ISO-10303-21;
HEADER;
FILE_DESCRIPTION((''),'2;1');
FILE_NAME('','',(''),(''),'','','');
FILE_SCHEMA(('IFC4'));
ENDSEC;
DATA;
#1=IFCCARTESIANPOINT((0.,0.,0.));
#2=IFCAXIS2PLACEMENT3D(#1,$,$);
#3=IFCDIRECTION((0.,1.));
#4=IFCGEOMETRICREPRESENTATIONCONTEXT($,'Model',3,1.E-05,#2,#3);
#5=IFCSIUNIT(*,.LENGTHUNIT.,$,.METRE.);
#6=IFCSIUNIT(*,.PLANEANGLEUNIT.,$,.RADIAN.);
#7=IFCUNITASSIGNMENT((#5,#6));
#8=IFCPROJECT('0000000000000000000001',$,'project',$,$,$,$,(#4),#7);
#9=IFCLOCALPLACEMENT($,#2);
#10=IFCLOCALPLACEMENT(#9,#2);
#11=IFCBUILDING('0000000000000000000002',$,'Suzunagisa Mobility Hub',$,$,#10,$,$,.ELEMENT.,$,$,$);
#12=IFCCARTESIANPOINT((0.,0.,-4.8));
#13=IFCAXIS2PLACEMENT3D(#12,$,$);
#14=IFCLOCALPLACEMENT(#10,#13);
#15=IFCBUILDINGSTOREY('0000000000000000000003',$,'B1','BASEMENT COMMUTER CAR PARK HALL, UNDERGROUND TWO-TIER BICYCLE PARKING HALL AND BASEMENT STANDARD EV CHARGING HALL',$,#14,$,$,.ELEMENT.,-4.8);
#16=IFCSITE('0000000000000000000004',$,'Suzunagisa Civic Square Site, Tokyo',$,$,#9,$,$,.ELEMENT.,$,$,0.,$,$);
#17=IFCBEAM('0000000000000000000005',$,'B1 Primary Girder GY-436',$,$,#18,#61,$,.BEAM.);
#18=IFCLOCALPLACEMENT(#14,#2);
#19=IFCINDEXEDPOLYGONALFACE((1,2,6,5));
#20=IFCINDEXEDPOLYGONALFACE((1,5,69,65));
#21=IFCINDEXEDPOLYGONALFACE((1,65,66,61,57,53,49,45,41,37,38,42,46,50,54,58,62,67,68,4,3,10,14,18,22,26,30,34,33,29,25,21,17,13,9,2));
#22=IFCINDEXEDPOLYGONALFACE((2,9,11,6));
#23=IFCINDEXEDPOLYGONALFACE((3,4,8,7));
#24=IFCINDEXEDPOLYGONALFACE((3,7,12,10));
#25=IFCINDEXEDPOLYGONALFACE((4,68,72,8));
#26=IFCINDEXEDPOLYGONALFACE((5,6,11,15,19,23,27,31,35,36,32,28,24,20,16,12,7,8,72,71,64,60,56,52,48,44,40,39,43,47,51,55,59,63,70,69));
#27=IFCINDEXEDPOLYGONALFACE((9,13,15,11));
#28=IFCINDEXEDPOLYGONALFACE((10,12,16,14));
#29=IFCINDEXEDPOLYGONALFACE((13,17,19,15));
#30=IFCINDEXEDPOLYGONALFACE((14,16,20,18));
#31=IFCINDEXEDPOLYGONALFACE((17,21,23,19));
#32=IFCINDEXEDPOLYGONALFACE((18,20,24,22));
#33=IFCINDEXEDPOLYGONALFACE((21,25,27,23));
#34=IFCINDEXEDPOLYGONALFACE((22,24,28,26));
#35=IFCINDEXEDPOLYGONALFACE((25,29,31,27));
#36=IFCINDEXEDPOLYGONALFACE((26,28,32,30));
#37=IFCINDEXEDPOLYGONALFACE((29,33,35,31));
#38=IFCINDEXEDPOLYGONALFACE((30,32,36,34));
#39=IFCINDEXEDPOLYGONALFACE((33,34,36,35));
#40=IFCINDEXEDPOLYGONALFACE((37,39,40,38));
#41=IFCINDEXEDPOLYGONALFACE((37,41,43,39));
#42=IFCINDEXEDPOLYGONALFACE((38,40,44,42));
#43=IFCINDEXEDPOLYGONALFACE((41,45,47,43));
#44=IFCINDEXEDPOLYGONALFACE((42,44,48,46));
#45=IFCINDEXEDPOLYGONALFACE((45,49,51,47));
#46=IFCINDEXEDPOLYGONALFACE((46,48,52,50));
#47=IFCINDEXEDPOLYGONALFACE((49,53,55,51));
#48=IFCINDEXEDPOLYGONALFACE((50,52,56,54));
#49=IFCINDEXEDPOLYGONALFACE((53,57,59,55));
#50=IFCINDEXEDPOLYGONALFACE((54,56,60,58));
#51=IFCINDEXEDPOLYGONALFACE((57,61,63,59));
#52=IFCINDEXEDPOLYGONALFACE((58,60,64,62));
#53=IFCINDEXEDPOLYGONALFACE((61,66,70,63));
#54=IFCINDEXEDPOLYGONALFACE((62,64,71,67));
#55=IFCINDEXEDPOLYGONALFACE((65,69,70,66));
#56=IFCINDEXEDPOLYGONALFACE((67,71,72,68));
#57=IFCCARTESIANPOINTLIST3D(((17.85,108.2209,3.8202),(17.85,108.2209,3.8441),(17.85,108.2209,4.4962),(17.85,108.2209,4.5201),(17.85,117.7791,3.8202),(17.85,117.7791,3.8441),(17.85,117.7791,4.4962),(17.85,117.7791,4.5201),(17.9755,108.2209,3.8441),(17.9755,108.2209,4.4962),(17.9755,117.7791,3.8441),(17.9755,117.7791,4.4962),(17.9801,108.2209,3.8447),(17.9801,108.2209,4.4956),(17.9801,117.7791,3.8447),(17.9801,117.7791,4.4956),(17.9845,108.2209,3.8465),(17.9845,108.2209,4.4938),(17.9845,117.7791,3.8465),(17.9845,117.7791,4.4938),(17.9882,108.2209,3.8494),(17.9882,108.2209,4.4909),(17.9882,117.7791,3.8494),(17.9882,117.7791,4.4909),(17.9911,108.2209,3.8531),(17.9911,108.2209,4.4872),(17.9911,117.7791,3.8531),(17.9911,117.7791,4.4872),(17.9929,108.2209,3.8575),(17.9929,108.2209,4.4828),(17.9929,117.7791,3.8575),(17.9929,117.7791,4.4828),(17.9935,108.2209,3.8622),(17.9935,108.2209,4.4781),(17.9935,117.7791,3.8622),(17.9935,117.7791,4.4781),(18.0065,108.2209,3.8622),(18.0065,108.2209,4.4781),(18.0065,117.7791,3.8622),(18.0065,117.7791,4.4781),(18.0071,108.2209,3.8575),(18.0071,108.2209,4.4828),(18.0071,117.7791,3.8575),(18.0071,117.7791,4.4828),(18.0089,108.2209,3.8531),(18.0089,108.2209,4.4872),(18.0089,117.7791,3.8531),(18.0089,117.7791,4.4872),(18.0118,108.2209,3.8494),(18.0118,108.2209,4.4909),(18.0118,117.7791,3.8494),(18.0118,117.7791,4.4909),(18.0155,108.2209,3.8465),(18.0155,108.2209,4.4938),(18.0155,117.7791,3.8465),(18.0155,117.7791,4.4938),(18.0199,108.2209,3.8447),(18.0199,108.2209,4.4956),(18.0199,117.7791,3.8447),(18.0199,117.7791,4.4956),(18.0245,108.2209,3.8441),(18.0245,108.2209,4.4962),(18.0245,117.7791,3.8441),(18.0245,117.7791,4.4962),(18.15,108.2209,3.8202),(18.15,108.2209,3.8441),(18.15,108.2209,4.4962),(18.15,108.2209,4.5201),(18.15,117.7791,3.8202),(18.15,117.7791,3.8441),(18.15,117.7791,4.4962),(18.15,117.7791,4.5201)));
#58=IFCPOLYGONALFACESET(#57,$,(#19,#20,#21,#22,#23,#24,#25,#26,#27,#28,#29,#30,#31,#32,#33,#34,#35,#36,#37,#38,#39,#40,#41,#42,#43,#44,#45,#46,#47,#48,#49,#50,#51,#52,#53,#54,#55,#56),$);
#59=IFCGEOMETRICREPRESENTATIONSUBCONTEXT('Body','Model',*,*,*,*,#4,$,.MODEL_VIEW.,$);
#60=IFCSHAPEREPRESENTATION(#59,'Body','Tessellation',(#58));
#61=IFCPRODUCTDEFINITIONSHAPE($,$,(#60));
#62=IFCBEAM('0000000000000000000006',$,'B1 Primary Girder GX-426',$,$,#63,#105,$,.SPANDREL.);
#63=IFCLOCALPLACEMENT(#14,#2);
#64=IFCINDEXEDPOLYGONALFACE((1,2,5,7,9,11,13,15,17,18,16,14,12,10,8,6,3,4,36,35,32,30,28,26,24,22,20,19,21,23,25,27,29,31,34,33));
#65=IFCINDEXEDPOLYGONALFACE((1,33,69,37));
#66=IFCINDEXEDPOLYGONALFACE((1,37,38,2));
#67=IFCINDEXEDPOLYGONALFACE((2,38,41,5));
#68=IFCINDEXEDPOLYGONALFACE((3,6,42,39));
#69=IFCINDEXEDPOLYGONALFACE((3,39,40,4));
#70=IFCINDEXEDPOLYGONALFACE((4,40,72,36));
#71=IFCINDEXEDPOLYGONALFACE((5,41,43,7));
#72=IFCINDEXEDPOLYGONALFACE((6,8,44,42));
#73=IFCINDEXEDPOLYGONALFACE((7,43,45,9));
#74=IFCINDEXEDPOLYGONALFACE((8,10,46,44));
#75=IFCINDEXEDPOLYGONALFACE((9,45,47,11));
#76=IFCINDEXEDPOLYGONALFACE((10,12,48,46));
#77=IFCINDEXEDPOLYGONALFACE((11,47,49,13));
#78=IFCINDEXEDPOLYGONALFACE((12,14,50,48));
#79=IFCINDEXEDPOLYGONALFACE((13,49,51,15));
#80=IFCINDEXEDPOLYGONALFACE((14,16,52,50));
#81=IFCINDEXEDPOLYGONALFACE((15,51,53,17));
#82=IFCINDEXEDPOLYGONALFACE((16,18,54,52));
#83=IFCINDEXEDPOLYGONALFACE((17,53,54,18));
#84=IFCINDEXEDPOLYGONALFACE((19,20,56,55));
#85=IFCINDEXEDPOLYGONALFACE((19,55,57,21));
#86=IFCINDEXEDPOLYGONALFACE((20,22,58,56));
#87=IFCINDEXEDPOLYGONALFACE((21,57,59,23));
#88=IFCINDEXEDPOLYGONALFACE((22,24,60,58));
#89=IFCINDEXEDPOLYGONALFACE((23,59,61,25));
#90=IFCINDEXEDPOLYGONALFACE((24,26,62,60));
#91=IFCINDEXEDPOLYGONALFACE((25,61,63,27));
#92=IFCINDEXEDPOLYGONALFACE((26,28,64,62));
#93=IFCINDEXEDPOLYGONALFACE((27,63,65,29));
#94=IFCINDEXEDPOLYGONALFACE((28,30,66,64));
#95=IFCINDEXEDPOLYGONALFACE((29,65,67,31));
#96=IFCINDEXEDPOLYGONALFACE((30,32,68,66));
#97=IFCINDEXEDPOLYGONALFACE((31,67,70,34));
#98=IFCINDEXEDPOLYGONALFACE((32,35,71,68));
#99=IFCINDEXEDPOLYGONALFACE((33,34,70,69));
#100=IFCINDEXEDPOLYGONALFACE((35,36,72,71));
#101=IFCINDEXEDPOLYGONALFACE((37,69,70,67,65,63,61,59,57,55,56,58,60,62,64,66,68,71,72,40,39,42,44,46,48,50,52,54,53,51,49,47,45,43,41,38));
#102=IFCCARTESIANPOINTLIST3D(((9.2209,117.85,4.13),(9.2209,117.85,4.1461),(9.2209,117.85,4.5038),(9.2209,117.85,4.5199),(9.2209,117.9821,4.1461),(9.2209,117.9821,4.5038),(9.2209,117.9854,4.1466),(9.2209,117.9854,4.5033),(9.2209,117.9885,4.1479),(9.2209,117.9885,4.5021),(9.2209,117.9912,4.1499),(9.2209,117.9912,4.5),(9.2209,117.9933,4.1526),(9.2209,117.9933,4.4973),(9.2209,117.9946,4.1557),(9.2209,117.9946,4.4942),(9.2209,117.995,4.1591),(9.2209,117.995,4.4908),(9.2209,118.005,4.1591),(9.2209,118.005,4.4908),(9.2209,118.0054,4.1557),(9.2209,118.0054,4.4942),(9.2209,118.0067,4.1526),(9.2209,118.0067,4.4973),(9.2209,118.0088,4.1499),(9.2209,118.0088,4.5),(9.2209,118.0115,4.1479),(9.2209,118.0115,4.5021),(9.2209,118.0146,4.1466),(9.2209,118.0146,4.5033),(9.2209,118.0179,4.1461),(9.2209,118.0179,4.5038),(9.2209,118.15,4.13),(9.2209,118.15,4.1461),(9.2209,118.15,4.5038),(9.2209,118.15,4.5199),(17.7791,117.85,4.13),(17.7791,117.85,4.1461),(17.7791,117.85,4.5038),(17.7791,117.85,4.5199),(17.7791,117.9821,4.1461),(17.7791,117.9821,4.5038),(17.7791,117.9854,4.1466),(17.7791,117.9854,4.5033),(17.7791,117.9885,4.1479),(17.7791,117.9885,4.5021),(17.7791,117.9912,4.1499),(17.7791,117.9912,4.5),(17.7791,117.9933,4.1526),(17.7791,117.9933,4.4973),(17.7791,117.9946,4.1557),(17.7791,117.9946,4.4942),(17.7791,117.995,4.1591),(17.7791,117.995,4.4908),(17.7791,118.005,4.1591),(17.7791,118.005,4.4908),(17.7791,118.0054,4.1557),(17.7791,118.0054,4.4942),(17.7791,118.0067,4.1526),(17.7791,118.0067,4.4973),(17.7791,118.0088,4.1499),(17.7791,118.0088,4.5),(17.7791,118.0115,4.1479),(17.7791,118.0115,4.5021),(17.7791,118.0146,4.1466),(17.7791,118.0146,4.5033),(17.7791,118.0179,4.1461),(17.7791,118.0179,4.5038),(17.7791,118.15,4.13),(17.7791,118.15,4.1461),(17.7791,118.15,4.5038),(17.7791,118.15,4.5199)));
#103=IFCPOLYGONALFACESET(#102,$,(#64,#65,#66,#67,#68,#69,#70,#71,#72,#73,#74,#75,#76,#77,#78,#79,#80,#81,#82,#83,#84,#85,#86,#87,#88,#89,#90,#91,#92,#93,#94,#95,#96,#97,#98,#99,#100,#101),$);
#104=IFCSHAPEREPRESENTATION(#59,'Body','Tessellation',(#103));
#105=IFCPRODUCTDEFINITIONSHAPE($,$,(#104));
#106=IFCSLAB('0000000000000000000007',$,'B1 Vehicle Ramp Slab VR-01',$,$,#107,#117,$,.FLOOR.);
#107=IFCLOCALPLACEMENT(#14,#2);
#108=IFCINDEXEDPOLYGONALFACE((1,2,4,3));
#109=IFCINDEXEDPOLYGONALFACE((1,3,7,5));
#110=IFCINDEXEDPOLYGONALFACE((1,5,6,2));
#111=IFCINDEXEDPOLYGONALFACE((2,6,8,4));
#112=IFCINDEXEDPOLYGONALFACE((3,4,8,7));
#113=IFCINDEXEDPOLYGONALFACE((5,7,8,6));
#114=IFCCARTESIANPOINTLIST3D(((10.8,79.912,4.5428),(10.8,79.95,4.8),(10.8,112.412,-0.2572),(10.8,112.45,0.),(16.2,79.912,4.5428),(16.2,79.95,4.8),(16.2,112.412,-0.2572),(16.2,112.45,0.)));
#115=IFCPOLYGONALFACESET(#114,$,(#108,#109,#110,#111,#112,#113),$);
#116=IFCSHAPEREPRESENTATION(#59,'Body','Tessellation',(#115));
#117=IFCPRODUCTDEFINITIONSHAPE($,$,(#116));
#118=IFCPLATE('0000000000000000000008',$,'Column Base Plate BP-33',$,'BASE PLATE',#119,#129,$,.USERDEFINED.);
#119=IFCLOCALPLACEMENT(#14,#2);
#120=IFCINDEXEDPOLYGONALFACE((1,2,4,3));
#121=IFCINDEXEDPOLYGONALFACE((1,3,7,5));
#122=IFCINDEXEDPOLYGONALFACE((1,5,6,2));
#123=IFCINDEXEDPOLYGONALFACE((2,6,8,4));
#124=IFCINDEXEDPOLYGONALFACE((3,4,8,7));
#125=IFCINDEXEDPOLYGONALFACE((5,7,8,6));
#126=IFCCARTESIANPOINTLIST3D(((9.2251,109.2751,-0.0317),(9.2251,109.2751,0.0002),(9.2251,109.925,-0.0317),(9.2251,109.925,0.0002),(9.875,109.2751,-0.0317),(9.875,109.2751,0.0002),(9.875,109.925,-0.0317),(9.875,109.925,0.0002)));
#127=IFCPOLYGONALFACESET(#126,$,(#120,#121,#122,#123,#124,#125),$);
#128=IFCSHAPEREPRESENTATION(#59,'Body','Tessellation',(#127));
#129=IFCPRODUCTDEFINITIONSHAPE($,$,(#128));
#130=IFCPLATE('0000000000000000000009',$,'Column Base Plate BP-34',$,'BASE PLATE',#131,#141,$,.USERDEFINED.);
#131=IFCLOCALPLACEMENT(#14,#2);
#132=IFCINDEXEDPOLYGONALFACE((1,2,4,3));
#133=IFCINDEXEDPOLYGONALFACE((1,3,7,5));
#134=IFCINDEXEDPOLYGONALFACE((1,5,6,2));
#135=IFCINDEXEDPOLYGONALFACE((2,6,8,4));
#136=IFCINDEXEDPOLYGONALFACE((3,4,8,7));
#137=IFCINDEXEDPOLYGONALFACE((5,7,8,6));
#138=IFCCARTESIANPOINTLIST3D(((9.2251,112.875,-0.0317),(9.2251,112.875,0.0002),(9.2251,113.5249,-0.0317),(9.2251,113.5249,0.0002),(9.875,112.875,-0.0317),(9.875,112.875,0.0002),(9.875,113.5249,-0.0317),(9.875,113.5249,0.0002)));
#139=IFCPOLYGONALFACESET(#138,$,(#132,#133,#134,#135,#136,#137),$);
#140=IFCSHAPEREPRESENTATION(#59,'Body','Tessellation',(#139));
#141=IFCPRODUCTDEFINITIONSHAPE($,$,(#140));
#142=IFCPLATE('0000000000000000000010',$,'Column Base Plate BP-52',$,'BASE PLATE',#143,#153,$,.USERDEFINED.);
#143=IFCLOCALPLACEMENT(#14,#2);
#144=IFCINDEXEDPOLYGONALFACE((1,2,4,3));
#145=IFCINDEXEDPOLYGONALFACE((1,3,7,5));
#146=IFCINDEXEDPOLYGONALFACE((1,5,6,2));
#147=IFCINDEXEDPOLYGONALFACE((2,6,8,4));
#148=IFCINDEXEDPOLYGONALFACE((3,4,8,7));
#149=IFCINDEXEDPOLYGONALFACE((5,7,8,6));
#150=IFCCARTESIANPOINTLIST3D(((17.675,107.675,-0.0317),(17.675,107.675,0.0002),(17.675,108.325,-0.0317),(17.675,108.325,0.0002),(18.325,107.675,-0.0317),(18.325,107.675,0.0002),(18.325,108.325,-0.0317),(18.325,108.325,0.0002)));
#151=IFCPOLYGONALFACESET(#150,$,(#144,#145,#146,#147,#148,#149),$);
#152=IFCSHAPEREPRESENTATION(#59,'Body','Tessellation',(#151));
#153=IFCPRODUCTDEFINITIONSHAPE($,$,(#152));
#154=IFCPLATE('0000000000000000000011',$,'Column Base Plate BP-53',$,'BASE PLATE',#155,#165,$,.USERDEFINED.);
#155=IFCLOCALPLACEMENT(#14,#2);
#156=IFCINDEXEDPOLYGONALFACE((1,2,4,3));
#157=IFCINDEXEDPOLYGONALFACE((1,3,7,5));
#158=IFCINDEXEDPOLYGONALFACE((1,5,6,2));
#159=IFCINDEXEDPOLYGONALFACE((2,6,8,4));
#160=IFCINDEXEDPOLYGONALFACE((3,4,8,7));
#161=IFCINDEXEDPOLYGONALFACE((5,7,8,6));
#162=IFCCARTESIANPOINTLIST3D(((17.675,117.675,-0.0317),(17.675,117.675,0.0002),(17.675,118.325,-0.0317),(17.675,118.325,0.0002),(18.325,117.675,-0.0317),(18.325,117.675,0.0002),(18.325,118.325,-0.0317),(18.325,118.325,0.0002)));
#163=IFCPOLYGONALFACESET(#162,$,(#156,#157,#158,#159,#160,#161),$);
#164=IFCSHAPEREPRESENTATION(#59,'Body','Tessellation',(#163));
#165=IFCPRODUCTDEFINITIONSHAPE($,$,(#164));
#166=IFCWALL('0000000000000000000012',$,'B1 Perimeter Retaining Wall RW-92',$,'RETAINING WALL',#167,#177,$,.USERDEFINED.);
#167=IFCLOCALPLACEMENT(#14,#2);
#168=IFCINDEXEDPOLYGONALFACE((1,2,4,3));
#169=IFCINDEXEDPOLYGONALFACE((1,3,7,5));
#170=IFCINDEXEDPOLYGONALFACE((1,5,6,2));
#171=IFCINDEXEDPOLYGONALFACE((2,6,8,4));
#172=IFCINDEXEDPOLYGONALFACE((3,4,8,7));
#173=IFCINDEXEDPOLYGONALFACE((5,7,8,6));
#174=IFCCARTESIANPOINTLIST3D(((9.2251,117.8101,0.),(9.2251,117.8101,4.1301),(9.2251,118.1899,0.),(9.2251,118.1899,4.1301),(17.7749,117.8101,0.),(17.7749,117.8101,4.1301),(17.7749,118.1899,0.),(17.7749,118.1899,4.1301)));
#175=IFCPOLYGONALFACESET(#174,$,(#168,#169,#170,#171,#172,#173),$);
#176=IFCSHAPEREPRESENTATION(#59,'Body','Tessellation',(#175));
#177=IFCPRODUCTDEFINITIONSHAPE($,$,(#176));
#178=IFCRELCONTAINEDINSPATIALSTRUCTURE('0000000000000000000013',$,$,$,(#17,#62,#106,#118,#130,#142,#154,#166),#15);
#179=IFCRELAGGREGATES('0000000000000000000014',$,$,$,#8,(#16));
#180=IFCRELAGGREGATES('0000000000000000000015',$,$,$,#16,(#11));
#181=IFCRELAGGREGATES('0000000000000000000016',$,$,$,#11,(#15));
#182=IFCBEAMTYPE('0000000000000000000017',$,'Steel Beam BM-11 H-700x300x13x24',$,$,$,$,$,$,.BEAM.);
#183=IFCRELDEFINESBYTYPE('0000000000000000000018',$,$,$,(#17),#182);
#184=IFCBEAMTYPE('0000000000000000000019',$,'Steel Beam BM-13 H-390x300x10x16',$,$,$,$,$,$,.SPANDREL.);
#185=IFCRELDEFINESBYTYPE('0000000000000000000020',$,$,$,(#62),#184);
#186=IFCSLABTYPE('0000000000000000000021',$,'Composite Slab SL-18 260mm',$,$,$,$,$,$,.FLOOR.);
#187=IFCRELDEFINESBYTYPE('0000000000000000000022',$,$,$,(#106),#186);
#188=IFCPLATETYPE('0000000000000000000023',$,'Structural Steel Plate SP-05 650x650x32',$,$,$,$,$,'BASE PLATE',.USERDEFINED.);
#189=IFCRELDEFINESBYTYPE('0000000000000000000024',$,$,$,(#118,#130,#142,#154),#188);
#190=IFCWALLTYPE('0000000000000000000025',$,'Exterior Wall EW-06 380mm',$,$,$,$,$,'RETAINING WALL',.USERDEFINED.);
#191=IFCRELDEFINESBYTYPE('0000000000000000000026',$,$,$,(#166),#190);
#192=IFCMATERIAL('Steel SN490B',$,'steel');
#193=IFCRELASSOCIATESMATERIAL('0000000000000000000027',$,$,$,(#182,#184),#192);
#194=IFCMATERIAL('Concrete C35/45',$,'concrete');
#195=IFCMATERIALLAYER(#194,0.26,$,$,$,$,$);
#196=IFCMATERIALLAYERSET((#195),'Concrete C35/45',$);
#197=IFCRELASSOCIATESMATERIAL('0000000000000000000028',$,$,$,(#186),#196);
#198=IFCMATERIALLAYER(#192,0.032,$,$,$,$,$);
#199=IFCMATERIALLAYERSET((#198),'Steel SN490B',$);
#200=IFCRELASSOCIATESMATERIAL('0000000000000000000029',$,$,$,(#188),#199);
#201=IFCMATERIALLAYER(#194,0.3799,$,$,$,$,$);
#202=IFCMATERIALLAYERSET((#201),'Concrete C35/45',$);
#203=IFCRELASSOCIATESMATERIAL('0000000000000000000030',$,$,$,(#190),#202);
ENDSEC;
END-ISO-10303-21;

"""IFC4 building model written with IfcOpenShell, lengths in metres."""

from ifc_helpers import new_model, si_unit, direction, frame, frame_2d, origin, origin_2d, place, context, subcontext, project, spatial, polyline, rectangle, i_section, outline, extrude, material, layer, layer_set, material_profile, profile_set, type_object, element, save


model = new_model("IFC4")

# Units and contexts
model_context = context("Model", 3, precision=1e-05, world=origin(), true_north=direction((0.0, 1.0)))
body_context = subcontext(model_context, "Body", "Model", "MODEL_VIEW")
ifc_project = project(units=[si_unit("LENGTHUNIT", "METRE"), si_unit("PLANEANGLEUNIT", "RADIAN")], contexts=[model_context])

# Site, building, storey
site_placement = place(None, origin())
site = spatial("IfcSite", under=ifc_project, at=site_placement, Name="Suzunagisa Civic Square Site, Tokyo", CompositionType="ELEMENT", RefElevation=0.0)
building_placement = place(site_placement, origin())
building = spatial("IfcBuilding", under=site, at=building_placement, Name="Suzunagisa Mobility Hub", CompositionType="ELEMENT")
storey_placement = place(building_placement, frame((0.0, 0.0, -4.8)))
storey = spatial("IfcBuildingStorey", under=building, at=storey_placement, Name="B1", Description="BASEMENT COMMUTER CAR PARK HALL, UNDERGROUND TWO-TIER BICYCLE PARKING HALL AND BASEMENT STANDARD EV CHARGING HALL", CompositionType="ELEMENT", Elevation=-4.8)

# Shared definitions
ifc_material_1 = material(Name="Concrete C35/45", Category="concrete")

# Shared definitions
ifc_material_2 = material(Name="Steel SN490B", Category="steel")

# Beams
ifc_material_profile_1 = material_profile(ifc_material_2, i_section(OverallWidth=0.3, OverallDepth=0.7, WebThickness=0.0129, FlangeThickness=0.0239, FilletRadius=0.0181, at=origin_2d()), Name="H-700x300x13x24")
ifc_profile_set_1 = profile_set([ifc_material_profile_1], Name="Steel SN490B")
beam_type_1 = type_object("IfcBeamType", Name="Steel Beam BM-11 H-700x300x13x24", PredefinedType="BEAM", material=ifc_profile_set_1)
beam_1_placement = place(storey_placement, frame((18.0, 108.2209, 4.1702), z_axis=(0.0, 1.0, 0.0), x_axis=(-1.0, 0.0, 0.0)))
element("IfcBeam", 1, at=beam_1_placement, inside=storey, type_object=beam_type_1, Name="B1 Primary Girder GY-436", PredefinedType="BEAM", context=body_context, shape_type="SweptSolid", body=[
    extrude(i_section(OverallWidth=0.3, OverallDepth=0.7, WebThickness=0.0129, FlangeThickness=0.0239, FilletRadius=0.0181, at=origin_2d()), origin(), (0.0, 0.0, 1.0), 9.5581),
])
ifc_material_profile_2 = material_profile(ifc_material_2, i_section(OverallWidth=0.3, OverallDepth=0.3899, WebThickness=0.01, FlangeThickness=0.0161, FilletRadius=0.0129, at=origin_2d()), Name="H-390x300x10x16")
ifc_profile_set_2 = profile_set([ifc_material_profile_2], Name="Steel SN490B")
beam_type_2 = type_object("IfcBeamType", Name="Steel Beam BM-13 H-390x300x10x16", PredefinedType="SPANDREL", material=ifc_profile_set_2)
beam_2_placement = place(storey_placement, frame((9.2209, 118.0, 4.325), z_axis=(1.0, 0.0, 0.0), x_axis=(0.0, 1.0, 0.0)))
element("IfcBeam", 2, at=beam_2_placement, inside=storey, type_object=beam_type_2, Name="B1 Primary Girder GX-426", PredefinedType="SPANDREL", context=body_context, shape_type="SweptSolid", body=[
    extrude(i_section(OverallWidth=0.3, OverallDepth=0.3899, WebThickness=0.01, FlangeThickness=0.0161, FilletRadius=0.0129, at=origin_2d()), origin(), (0.0, 0.0, 1.0), 8.5581),
])

# Slab
ifc_layer_1 = layer(ifc_material_1, 0.26)
ifc_layer_set_1 = layer_set([ifc_layer_1], Name="Concrete C35/45")
slab_type = type_object("IfcSlabType", Name="Composite Slab SL-18 260mm", PredefinedType="FLOOR", material=ifc_layer_set_1)
slab_placement = place(storey_placement, frame((10.8, 112.45, 0.0), z_axis=(0.0, 0.146109, 0.989269), x_axis=(1.0, 0.0, 0.0)))
element("IfcSlab", 3, at=slab_placement, inside=storey, type_object=slab_type, Name="B1 Vehicle Ramp Slab VR-01", PredefinedType="FLOOR", context=body_context, shape_type="SweptSolid", body=[
    extrude(outline(polyline([(0.0, 0.0), (5.3999, 0.0), (5.3999, -32.8526), (0.0, -32.8526), (0.0, 0.0)])), origin(), (0.0, 0.0, -1.0), 0.26),
])

# Plates
ifc_layer_2 = layer(ifc_material_2, 0.032)
ifc_layer_set_2 = layer_set([ifc_layer_2], Name="Steel SN490B")
plate_type = type_object("IfcPlateType", Name="Structural Steel Plate SP-05 650x650x32", ElementType="BASE PLATE", PredefinedType="USERDEFINED", material=ifc_layer_set_2)
for number, where, z_axis, x_axis, name in (
    (4, (9.55, 109.6001, -0.0317), (0.0, 0.0, 1.0), (1.0, 0.0, 0.0), "Column Base Plate BP-33"),
    (5, (9.55, 113.2, -0.0317), (0.0, 0.0, 1.0), (1.0, 0.0, 0.0), "Column Base Plate BP-34"),
    (6, (18.0, 108.0, -0.0317), (0.0, 0.0, 1.0), (1.0, 0.0, 0.0), "Column Base Plate BP-52"),
    (7, (18.0, 118.0, -0.0317), (0.0, 0.0, 1.0), (1.0, 0.0, 0.0), "Column Base Plate BP-53"),
):
    element("IfcPlate", number, at=place(storey_placement, frame(where, z_axis=z_axis, x_axis=x_axis)), inside=storey, type_object=plate_type, Name=name, ObjectType="BASE PLATE", PredefinedType="USERDEFINED", context=body_context, shape_type="SweptSolid", body=[
        extrude(rectangle(XDim=0.6499, YDim=0.6499, at=origin_2d()), origin(), (0.0, 0.0, 1.0), 0.032),
    ])

# Wall
ifc_layer_3 = layer(ifc_material_1, 0.3799)
ifc_layer_set_3 = layer_set([ifc_layer_3], Name="Concrete C35/45")
wall_type = type_object("IfcWallType", Name="Exterior Wall EW-06 380mm", ElementType="RETAINING WALL", PredefinedType="USERDEFINED", material=ifc_layer_set_3)
wall_placement = place(storey_placement, frame((17.7749, 118.0, 0.0), z_axis=(0.0, 0.0, 1.0), x_axis=(-1.0, 0.0, 0.0)))
element("IfcWall", 8, at=wall_placement, inside=storey, type_object=wall_type, Name="B1 Perimeter Retaining Wall RW-92", ObjectType="RETAINING WALL", PredefinedType="USERDEFINED", context=body_context, shape_type="SweptSolid", body=[
    extrude(rectangle(XDim=8.5498, YDim=0.3799, at=frame_2d((4.2749, 0.0))), origin(), (0.0, 0.0, 1.0), 4.1301),
])

save(model, "model.ifc")
